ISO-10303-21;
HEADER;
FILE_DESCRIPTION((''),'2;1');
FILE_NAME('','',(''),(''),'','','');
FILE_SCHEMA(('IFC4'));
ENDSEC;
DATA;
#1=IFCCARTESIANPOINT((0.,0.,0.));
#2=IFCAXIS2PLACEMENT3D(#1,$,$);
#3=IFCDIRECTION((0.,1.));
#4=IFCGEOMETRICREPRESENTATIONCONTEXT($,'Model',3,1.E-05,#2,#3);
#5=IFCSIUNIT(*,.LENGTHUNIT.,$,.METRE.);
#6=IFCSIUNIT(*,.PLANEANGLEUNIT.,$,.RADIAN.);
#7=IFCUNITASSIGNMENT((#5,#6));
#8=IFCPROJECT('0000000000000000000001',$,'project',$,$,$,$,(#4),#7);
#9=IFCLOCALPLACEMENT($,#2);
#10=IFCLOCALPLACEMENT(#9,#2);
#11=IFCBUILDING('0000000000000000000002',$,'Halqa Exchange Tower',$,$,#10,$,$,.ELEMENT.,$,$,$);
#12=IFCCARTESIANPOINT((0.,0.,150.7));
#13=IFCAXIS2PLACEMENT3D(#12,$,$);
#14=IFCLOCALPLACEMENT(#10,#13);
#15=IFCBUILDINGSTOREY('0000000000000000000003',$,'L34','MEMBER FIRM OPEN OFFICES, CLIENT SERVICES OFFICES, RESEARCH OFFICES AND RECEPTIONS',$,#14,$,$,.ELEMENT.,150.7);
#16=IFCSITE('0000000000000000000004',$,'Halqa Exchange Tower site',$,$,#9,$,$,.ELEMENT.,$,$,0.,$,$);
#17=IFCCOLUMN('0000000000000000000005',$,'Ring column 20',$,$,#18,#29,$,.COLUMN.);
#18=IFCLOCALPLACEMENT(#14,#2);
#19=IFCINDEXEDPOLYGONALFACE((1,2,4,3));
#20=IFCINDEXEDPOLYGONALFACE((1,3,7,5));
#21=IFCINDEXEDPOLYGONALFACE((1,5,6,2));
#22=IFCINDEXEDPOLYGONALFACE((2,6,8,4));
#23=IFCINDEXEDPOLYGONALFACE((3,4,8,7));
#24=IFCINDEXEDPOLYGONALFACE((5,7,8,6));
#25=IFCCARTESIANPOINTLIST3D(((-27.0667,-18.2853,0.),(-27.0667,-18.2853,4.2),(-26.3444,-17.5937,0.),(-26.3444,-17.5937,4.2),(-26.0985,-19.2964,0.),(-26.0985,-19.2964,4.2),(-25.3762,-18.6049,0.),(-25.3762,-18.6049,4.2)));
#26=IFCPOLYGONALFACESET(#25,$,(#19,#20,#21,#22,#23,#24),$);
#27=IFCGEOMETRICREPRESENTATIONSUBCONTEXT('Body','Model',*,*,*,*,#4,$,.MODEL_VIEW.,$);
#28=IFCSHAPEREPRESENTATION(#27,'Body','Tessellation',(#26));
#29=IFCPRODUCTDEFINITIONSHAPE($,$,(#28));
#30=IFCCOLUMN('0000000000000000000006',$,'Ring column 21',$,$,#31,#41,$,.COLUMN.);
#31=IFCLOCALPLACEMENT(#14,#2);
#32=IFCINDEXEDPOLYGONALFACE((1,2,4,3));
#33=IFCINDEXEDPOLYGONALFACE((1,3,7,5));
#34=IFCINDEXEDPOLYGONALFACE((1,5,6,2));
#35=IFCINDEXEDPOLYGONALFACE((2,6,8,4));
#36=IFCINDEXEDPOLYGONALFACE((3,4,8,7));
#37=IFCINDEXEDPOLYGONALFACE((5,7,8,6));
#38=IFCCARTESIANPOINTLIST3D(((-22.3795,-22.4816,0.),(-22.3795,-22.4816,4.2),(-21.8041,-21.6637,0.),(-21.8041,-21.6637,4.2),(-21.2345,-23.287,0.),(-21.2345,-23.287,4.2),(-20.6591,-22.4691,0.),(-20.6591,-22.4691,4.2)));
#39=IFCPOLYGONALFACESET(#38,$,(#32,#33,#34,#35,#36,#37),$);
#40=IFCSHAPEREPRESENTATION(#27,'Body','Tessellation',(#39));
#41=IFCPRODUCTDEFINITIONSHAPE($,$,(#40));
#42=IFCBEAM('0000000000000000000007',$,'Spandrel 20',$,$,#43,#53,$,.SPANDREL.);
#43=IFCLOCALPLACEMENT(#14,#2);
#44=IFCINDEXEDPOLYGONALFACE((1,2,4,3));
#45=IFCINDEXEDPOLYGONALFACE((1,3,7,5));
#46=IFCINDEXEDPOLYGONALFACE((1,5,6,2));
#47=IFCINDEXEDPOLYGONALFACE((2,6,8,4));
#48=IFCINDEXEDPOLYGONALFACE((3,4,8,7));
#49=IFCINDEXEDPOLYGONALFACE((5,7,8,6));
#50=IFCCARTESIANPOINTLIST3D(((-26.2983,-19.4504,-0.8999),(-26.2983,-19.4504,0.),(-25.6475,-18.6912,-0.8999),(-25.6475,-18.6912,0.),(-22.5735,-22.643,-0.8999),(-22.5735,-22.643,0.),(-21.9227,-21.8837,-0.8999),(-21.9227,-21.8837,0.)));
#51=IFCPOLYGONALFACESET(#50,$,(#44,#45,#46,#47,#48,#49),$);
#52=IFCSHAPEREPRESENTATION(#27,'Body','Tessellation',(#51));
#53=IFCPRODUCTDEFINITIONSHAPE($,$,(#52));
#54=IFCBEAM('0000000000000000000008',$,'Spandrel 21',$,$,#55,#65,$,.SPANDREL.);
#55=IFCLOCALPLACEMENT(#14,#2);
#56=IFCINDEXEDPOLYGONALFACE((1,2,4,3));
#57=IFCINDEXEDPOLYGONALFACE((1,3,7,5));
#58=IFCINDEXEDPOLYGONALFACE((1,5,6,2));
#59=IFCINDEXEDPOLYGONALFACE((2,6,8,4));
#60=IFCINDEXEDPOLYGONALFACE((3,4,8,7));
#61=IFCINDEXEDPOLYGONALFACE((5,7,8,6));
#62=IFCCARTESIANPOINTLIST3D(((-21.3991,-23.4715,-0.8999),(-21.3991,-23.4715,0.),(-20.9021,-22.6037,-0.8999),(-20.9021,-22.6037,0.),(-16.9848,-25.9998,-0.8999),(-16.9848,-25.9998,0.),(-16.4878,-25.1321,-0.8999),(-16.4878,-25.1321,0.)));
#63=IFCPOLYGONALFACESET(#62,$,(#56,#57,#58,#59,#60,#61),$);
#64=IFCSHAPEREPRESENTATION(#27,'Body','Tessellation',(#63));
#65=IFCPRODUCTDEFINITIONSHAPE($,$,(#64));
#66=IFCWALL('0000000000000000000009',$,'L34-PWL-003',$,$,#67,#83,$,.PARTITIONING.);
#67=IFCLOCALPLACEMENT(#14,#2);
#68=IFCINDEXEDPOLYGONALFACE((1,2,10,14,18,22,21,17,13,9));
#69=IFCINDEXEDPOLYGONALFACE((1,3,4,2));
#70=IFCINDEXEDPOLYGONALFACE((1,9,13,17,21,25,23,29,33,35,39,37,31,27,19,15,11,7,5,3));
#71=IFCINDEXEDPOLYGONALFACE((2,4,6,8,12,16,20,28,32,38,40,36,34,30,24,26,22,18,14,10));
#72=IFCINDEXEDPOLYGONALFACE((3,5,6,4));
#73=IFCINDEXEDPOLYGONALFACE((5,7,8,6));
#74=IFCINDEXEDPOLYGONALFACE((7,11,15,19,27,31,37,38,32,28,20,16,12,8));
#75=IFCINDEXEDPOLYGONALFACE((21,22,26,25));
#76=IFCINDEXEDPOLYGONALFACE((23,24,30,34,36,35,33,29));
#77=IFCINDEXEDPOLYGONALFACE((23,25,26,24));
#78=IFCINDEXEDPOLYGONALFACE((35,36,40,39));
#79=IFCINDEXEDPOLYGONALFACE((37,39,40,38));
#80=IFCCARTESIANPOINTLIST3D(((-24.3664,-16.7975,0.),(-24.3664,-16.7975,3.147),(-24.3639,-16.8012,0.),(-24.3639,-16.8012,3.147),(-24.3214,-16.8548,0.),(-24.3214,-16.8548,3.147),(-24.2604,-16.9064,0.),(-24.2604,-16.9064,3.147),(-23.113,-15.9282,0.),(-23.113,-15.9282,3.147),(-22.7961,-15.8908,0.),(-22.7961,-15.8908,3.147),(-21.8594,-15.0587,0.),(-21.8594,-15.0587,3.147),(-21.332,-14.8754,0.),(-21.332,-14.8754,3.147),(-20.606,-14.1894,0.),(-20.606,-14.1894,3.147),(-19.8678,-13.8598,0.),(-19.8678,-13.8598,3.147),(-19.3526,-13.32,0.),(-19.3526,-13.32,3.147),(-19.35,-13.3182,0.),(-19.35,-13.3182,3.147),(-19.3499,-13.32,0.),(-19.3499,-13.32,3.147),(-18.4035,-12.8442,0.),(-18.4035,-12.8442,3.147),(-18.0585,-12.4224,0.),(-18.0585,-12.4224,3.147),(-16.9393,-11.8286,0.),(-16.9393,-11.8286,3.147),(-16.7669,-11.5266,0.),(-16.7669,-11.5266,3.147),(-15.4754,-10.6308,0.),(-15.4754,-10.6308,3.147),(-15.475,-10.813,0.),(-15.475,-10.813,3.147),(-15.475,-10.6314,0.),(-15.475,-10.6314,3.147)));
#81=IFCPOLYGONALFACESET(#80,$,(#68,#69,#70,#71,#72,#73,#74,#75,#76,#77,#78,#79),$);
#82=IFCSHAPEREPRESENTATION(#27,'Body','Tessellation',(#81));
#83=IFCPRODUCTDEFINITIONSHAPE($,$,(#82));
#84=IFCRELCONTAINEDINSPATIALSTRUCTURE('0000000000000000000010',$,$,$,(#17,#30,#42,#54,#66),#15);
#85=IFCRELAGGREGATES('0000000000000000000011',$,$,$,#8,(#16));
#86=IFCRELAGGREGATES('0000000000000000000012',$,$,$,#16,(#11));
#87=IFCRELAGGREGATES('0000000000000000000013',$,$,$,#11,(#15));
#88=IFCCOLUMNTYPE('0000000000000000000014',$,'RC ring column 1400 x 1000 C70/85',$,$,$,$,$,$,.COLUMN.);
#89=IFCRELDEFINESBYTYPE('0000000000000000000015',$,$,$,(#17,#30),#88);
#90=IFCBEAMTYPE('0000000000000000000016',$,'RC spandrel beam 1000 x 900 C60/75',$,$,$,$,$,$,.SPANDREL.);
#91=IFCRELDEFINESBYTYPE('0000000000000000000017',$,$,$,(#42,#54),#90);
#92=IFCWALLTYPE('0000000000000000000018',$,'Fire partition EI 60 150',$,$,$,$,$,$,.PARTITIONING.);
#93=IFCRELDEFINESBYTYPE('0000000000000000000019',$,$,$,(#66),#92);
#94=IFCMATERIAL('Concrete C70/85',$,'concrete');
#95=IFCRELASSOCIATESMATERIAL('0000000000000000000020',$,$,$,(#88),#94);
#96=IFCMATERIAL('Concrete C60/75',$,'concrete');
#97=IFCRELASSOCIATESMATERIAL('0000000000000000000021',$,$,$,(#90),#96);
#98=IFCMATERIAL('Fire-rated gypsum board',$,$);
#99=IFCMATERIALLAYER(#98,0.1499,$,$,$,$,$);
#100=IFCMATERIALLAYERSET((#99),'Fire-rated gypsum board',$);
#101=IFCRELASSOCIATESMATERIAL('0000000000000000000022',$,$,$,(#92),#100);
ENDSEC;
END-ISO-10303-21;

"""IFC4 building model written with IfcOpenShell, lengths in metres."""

from ifc_helpers import new_model, si_unit, direction, frame, origin, origin_2d, place, context, subcontext, project, spatial, polyline, rectangle, outline, extrude, material, layer, layer_set, material_profile, profile_set, type_object, element, save


model = new_model("IFC4")

# Units and contexts
model_context = context("Model", 3, precision=1e-05, world=origin(), true_north=direction((0.0, 1.0)))
body_context = subcontext(model_context, "Body", "Model", "MODEL_VIEW")
ifc_project = project(units=[si_unit("LENGTHUNIT", "METRE"), si_unit("PLANEANGLEUNIT", "RADIAN")], contexts=[model_context])

# Site, building, storey
site_placement = place(None, origin())
site = spatial("IfcSite", under=ifc_project, at=site_placement, Name="Halqa Exchange Tower site", CompositionType="ELEMENT", RefElevation=0.0)
building_placement = place(site_placement, origin())
building = spatial("IfcBuilding", under=site, at=building_placement, Name="Halqa Exchange Tower", CompositionType="ELEMENT")
storey_placement = place(building_placement, frame((0.0, 0.0, 150.7)))
storey = spatial("IfcBuildingStorey", under=building, at=storey_placement, Name="L34", Description="MEMBER FIRM OPEN OFFICES, CLIENT SERVICES OFFICES, RESEARCH OFFICES AND RECEPTIONS", CompositionType="ELEMENT", Elevation=150.7)

# Columns
ifc_material_1 = material(Name="Concrete C70/85", Category="concrete")
ifc_material_profile_1 = material_profile(ifc_material_1, rectangle(XDim=1.3999, YDim=1.0, at=origin_2d()), Name="1400 x 1000")
ifc_profile_set_1 = profile_set([ifc_material_profile_1], Name="Concrete C70/85")
column_type = type_object("IfcColumnType", Name="RC ring column 1400 x 1000 C70/85", PredefinedType="COLUMN", material=ifc_profile_set_1)
for number, where, z_axis, x_axis, name in (
    (1, (-26.2214, -18.4451, 0.0), (0.0, 0.0, 1.0), (0.691579, -0.722301, 0.0), "Ring column 20"),
    (2, (-21.5193, -22.4753, 0.0), (0.0, 0.0, 1.0), (0.817911, -0.575345, 0.0), "Ring column 21"),
):
    element("IfcColumn", number, at=place(storey_placement, frame(where, z_axis=z_axis, x_axis=x_axis)), inside=storey, type_object=column_type, Name=name, PredefinedType="COLUMN", context=body_context, shape_type="SweptSolid", body=[
        extrude(rectangle(XDim=1.3999, YDim=1.0, at=origin_2d()), origin(), (0.0, 0.0, 1.0), 4.2),
    ])

# Beams
ifc_material_2 = material(Name="Concrete C60/75", Category="concrete")
ifc_material_profile_2 = material_profile(ifc_material_2, rectangle(XDim=1.0, YDim=0.8999, at=origin_2d()), Name="1000 x 900")
ifc_profile_set_2 = profile_set([ifc_material_profile_2], Name="Concrete C60/75")
beam_type = type_object("IfcBeamType", Name="RC spandrel beam 1000 x 900 C60/75", PredefinedType="SPANDREL", material=ifc_profile_set_2)
beam_1_placement = place(storey_placement, frame((-25.9729, -19.0708, -0.45), z_axis=(0.759267, -0.650779, 0.0), x_axis=(0.650779, 0.759267, 0.0)))
element("IfcBeam", 3, at=beam_1_placement, inside=storey, type_object=beam_type, Name="Spandrel 20", PredefinedType="SPANDREL", context=body_context, shape_type="SweptSolid", body=[
    extrude(rectangle(XDim=1.0, YDim=0.8999, at=origin_2d()), origin(), (0.0, 0.0, 1.0), 4.9058),
])
beam_2_placement = place(storey_placement, frame((-21.1506, -23.0376, -0.45), z_axis=(0.867747, -0.497007, 0.0), x_axis=(0.497007, 0.867747, 0.0)))
element("IfcBeam", 4, at=beam_2_placement, inside=storey, type_object=beam_type, Name="Spandrel 21", PredefinedType="SPANDREL", context=body_context, shape_type="SweptSolid", body=[
    extrude(rectangle(XDim=1.0, YDim=0.8999, at=origin_2d()), origin(), (0.0, 0.0, 1.0), 5.0872),
])

# Wall
ifc_material_3 = material(Name="Fire-rated gypsum board")
ifc_layer_1 = layer(ifc_material_3, 0.1499)
ifc_layer_set_1 = layer_set([ifc_layer_1], Name="Fire-rated gypsum board")
wall_type_1 = type_object("IfcWallType", Name="Fire partition EI 60 150", PredefinedType="PARTITIONING", material=ifc_layer_set_1)
wall_1_placement = place(storey_placement, frame((-24.3237, -16.8591, 0.0), z_axis=(0.0, 0.0, 1.0), x_axis=(0.8217, 0.56992, 0.0)))
element("IfcWall", 5, at=wall_1_placement, inside=storey, type_object=wall_type_1, Name="L34-PWL-003", PredefinedType="PARTITIONING", context=body_context, shape_type="SweptSolid", body=[
    extrude(outline(polyline([(0.0251, -0.075), (1.8071, -0.075), (3.5889, -0.075), (5.3708, -0.075), (7.1528, -0.075), (8.9348, -0.075), (10.7168, -0.075), (10.8203, 0.0742), (10.8203, 0.075), (9.2485, 0.075), (7.6768, 0.075), (6.105, 0.075), (6.104, 0.0735), (6.1018, 0.075), (4.5764, 0.075), (3.051, 0.075), (1.5254, 0.075), (0.0, 0.075), (0.0, 0.0706), (0.0044, 0.0022), (0.0251, -0.075)])), origin(), (0.0, 0.0, 1.0), 3.147),
])

save(model, "model.ifc")
